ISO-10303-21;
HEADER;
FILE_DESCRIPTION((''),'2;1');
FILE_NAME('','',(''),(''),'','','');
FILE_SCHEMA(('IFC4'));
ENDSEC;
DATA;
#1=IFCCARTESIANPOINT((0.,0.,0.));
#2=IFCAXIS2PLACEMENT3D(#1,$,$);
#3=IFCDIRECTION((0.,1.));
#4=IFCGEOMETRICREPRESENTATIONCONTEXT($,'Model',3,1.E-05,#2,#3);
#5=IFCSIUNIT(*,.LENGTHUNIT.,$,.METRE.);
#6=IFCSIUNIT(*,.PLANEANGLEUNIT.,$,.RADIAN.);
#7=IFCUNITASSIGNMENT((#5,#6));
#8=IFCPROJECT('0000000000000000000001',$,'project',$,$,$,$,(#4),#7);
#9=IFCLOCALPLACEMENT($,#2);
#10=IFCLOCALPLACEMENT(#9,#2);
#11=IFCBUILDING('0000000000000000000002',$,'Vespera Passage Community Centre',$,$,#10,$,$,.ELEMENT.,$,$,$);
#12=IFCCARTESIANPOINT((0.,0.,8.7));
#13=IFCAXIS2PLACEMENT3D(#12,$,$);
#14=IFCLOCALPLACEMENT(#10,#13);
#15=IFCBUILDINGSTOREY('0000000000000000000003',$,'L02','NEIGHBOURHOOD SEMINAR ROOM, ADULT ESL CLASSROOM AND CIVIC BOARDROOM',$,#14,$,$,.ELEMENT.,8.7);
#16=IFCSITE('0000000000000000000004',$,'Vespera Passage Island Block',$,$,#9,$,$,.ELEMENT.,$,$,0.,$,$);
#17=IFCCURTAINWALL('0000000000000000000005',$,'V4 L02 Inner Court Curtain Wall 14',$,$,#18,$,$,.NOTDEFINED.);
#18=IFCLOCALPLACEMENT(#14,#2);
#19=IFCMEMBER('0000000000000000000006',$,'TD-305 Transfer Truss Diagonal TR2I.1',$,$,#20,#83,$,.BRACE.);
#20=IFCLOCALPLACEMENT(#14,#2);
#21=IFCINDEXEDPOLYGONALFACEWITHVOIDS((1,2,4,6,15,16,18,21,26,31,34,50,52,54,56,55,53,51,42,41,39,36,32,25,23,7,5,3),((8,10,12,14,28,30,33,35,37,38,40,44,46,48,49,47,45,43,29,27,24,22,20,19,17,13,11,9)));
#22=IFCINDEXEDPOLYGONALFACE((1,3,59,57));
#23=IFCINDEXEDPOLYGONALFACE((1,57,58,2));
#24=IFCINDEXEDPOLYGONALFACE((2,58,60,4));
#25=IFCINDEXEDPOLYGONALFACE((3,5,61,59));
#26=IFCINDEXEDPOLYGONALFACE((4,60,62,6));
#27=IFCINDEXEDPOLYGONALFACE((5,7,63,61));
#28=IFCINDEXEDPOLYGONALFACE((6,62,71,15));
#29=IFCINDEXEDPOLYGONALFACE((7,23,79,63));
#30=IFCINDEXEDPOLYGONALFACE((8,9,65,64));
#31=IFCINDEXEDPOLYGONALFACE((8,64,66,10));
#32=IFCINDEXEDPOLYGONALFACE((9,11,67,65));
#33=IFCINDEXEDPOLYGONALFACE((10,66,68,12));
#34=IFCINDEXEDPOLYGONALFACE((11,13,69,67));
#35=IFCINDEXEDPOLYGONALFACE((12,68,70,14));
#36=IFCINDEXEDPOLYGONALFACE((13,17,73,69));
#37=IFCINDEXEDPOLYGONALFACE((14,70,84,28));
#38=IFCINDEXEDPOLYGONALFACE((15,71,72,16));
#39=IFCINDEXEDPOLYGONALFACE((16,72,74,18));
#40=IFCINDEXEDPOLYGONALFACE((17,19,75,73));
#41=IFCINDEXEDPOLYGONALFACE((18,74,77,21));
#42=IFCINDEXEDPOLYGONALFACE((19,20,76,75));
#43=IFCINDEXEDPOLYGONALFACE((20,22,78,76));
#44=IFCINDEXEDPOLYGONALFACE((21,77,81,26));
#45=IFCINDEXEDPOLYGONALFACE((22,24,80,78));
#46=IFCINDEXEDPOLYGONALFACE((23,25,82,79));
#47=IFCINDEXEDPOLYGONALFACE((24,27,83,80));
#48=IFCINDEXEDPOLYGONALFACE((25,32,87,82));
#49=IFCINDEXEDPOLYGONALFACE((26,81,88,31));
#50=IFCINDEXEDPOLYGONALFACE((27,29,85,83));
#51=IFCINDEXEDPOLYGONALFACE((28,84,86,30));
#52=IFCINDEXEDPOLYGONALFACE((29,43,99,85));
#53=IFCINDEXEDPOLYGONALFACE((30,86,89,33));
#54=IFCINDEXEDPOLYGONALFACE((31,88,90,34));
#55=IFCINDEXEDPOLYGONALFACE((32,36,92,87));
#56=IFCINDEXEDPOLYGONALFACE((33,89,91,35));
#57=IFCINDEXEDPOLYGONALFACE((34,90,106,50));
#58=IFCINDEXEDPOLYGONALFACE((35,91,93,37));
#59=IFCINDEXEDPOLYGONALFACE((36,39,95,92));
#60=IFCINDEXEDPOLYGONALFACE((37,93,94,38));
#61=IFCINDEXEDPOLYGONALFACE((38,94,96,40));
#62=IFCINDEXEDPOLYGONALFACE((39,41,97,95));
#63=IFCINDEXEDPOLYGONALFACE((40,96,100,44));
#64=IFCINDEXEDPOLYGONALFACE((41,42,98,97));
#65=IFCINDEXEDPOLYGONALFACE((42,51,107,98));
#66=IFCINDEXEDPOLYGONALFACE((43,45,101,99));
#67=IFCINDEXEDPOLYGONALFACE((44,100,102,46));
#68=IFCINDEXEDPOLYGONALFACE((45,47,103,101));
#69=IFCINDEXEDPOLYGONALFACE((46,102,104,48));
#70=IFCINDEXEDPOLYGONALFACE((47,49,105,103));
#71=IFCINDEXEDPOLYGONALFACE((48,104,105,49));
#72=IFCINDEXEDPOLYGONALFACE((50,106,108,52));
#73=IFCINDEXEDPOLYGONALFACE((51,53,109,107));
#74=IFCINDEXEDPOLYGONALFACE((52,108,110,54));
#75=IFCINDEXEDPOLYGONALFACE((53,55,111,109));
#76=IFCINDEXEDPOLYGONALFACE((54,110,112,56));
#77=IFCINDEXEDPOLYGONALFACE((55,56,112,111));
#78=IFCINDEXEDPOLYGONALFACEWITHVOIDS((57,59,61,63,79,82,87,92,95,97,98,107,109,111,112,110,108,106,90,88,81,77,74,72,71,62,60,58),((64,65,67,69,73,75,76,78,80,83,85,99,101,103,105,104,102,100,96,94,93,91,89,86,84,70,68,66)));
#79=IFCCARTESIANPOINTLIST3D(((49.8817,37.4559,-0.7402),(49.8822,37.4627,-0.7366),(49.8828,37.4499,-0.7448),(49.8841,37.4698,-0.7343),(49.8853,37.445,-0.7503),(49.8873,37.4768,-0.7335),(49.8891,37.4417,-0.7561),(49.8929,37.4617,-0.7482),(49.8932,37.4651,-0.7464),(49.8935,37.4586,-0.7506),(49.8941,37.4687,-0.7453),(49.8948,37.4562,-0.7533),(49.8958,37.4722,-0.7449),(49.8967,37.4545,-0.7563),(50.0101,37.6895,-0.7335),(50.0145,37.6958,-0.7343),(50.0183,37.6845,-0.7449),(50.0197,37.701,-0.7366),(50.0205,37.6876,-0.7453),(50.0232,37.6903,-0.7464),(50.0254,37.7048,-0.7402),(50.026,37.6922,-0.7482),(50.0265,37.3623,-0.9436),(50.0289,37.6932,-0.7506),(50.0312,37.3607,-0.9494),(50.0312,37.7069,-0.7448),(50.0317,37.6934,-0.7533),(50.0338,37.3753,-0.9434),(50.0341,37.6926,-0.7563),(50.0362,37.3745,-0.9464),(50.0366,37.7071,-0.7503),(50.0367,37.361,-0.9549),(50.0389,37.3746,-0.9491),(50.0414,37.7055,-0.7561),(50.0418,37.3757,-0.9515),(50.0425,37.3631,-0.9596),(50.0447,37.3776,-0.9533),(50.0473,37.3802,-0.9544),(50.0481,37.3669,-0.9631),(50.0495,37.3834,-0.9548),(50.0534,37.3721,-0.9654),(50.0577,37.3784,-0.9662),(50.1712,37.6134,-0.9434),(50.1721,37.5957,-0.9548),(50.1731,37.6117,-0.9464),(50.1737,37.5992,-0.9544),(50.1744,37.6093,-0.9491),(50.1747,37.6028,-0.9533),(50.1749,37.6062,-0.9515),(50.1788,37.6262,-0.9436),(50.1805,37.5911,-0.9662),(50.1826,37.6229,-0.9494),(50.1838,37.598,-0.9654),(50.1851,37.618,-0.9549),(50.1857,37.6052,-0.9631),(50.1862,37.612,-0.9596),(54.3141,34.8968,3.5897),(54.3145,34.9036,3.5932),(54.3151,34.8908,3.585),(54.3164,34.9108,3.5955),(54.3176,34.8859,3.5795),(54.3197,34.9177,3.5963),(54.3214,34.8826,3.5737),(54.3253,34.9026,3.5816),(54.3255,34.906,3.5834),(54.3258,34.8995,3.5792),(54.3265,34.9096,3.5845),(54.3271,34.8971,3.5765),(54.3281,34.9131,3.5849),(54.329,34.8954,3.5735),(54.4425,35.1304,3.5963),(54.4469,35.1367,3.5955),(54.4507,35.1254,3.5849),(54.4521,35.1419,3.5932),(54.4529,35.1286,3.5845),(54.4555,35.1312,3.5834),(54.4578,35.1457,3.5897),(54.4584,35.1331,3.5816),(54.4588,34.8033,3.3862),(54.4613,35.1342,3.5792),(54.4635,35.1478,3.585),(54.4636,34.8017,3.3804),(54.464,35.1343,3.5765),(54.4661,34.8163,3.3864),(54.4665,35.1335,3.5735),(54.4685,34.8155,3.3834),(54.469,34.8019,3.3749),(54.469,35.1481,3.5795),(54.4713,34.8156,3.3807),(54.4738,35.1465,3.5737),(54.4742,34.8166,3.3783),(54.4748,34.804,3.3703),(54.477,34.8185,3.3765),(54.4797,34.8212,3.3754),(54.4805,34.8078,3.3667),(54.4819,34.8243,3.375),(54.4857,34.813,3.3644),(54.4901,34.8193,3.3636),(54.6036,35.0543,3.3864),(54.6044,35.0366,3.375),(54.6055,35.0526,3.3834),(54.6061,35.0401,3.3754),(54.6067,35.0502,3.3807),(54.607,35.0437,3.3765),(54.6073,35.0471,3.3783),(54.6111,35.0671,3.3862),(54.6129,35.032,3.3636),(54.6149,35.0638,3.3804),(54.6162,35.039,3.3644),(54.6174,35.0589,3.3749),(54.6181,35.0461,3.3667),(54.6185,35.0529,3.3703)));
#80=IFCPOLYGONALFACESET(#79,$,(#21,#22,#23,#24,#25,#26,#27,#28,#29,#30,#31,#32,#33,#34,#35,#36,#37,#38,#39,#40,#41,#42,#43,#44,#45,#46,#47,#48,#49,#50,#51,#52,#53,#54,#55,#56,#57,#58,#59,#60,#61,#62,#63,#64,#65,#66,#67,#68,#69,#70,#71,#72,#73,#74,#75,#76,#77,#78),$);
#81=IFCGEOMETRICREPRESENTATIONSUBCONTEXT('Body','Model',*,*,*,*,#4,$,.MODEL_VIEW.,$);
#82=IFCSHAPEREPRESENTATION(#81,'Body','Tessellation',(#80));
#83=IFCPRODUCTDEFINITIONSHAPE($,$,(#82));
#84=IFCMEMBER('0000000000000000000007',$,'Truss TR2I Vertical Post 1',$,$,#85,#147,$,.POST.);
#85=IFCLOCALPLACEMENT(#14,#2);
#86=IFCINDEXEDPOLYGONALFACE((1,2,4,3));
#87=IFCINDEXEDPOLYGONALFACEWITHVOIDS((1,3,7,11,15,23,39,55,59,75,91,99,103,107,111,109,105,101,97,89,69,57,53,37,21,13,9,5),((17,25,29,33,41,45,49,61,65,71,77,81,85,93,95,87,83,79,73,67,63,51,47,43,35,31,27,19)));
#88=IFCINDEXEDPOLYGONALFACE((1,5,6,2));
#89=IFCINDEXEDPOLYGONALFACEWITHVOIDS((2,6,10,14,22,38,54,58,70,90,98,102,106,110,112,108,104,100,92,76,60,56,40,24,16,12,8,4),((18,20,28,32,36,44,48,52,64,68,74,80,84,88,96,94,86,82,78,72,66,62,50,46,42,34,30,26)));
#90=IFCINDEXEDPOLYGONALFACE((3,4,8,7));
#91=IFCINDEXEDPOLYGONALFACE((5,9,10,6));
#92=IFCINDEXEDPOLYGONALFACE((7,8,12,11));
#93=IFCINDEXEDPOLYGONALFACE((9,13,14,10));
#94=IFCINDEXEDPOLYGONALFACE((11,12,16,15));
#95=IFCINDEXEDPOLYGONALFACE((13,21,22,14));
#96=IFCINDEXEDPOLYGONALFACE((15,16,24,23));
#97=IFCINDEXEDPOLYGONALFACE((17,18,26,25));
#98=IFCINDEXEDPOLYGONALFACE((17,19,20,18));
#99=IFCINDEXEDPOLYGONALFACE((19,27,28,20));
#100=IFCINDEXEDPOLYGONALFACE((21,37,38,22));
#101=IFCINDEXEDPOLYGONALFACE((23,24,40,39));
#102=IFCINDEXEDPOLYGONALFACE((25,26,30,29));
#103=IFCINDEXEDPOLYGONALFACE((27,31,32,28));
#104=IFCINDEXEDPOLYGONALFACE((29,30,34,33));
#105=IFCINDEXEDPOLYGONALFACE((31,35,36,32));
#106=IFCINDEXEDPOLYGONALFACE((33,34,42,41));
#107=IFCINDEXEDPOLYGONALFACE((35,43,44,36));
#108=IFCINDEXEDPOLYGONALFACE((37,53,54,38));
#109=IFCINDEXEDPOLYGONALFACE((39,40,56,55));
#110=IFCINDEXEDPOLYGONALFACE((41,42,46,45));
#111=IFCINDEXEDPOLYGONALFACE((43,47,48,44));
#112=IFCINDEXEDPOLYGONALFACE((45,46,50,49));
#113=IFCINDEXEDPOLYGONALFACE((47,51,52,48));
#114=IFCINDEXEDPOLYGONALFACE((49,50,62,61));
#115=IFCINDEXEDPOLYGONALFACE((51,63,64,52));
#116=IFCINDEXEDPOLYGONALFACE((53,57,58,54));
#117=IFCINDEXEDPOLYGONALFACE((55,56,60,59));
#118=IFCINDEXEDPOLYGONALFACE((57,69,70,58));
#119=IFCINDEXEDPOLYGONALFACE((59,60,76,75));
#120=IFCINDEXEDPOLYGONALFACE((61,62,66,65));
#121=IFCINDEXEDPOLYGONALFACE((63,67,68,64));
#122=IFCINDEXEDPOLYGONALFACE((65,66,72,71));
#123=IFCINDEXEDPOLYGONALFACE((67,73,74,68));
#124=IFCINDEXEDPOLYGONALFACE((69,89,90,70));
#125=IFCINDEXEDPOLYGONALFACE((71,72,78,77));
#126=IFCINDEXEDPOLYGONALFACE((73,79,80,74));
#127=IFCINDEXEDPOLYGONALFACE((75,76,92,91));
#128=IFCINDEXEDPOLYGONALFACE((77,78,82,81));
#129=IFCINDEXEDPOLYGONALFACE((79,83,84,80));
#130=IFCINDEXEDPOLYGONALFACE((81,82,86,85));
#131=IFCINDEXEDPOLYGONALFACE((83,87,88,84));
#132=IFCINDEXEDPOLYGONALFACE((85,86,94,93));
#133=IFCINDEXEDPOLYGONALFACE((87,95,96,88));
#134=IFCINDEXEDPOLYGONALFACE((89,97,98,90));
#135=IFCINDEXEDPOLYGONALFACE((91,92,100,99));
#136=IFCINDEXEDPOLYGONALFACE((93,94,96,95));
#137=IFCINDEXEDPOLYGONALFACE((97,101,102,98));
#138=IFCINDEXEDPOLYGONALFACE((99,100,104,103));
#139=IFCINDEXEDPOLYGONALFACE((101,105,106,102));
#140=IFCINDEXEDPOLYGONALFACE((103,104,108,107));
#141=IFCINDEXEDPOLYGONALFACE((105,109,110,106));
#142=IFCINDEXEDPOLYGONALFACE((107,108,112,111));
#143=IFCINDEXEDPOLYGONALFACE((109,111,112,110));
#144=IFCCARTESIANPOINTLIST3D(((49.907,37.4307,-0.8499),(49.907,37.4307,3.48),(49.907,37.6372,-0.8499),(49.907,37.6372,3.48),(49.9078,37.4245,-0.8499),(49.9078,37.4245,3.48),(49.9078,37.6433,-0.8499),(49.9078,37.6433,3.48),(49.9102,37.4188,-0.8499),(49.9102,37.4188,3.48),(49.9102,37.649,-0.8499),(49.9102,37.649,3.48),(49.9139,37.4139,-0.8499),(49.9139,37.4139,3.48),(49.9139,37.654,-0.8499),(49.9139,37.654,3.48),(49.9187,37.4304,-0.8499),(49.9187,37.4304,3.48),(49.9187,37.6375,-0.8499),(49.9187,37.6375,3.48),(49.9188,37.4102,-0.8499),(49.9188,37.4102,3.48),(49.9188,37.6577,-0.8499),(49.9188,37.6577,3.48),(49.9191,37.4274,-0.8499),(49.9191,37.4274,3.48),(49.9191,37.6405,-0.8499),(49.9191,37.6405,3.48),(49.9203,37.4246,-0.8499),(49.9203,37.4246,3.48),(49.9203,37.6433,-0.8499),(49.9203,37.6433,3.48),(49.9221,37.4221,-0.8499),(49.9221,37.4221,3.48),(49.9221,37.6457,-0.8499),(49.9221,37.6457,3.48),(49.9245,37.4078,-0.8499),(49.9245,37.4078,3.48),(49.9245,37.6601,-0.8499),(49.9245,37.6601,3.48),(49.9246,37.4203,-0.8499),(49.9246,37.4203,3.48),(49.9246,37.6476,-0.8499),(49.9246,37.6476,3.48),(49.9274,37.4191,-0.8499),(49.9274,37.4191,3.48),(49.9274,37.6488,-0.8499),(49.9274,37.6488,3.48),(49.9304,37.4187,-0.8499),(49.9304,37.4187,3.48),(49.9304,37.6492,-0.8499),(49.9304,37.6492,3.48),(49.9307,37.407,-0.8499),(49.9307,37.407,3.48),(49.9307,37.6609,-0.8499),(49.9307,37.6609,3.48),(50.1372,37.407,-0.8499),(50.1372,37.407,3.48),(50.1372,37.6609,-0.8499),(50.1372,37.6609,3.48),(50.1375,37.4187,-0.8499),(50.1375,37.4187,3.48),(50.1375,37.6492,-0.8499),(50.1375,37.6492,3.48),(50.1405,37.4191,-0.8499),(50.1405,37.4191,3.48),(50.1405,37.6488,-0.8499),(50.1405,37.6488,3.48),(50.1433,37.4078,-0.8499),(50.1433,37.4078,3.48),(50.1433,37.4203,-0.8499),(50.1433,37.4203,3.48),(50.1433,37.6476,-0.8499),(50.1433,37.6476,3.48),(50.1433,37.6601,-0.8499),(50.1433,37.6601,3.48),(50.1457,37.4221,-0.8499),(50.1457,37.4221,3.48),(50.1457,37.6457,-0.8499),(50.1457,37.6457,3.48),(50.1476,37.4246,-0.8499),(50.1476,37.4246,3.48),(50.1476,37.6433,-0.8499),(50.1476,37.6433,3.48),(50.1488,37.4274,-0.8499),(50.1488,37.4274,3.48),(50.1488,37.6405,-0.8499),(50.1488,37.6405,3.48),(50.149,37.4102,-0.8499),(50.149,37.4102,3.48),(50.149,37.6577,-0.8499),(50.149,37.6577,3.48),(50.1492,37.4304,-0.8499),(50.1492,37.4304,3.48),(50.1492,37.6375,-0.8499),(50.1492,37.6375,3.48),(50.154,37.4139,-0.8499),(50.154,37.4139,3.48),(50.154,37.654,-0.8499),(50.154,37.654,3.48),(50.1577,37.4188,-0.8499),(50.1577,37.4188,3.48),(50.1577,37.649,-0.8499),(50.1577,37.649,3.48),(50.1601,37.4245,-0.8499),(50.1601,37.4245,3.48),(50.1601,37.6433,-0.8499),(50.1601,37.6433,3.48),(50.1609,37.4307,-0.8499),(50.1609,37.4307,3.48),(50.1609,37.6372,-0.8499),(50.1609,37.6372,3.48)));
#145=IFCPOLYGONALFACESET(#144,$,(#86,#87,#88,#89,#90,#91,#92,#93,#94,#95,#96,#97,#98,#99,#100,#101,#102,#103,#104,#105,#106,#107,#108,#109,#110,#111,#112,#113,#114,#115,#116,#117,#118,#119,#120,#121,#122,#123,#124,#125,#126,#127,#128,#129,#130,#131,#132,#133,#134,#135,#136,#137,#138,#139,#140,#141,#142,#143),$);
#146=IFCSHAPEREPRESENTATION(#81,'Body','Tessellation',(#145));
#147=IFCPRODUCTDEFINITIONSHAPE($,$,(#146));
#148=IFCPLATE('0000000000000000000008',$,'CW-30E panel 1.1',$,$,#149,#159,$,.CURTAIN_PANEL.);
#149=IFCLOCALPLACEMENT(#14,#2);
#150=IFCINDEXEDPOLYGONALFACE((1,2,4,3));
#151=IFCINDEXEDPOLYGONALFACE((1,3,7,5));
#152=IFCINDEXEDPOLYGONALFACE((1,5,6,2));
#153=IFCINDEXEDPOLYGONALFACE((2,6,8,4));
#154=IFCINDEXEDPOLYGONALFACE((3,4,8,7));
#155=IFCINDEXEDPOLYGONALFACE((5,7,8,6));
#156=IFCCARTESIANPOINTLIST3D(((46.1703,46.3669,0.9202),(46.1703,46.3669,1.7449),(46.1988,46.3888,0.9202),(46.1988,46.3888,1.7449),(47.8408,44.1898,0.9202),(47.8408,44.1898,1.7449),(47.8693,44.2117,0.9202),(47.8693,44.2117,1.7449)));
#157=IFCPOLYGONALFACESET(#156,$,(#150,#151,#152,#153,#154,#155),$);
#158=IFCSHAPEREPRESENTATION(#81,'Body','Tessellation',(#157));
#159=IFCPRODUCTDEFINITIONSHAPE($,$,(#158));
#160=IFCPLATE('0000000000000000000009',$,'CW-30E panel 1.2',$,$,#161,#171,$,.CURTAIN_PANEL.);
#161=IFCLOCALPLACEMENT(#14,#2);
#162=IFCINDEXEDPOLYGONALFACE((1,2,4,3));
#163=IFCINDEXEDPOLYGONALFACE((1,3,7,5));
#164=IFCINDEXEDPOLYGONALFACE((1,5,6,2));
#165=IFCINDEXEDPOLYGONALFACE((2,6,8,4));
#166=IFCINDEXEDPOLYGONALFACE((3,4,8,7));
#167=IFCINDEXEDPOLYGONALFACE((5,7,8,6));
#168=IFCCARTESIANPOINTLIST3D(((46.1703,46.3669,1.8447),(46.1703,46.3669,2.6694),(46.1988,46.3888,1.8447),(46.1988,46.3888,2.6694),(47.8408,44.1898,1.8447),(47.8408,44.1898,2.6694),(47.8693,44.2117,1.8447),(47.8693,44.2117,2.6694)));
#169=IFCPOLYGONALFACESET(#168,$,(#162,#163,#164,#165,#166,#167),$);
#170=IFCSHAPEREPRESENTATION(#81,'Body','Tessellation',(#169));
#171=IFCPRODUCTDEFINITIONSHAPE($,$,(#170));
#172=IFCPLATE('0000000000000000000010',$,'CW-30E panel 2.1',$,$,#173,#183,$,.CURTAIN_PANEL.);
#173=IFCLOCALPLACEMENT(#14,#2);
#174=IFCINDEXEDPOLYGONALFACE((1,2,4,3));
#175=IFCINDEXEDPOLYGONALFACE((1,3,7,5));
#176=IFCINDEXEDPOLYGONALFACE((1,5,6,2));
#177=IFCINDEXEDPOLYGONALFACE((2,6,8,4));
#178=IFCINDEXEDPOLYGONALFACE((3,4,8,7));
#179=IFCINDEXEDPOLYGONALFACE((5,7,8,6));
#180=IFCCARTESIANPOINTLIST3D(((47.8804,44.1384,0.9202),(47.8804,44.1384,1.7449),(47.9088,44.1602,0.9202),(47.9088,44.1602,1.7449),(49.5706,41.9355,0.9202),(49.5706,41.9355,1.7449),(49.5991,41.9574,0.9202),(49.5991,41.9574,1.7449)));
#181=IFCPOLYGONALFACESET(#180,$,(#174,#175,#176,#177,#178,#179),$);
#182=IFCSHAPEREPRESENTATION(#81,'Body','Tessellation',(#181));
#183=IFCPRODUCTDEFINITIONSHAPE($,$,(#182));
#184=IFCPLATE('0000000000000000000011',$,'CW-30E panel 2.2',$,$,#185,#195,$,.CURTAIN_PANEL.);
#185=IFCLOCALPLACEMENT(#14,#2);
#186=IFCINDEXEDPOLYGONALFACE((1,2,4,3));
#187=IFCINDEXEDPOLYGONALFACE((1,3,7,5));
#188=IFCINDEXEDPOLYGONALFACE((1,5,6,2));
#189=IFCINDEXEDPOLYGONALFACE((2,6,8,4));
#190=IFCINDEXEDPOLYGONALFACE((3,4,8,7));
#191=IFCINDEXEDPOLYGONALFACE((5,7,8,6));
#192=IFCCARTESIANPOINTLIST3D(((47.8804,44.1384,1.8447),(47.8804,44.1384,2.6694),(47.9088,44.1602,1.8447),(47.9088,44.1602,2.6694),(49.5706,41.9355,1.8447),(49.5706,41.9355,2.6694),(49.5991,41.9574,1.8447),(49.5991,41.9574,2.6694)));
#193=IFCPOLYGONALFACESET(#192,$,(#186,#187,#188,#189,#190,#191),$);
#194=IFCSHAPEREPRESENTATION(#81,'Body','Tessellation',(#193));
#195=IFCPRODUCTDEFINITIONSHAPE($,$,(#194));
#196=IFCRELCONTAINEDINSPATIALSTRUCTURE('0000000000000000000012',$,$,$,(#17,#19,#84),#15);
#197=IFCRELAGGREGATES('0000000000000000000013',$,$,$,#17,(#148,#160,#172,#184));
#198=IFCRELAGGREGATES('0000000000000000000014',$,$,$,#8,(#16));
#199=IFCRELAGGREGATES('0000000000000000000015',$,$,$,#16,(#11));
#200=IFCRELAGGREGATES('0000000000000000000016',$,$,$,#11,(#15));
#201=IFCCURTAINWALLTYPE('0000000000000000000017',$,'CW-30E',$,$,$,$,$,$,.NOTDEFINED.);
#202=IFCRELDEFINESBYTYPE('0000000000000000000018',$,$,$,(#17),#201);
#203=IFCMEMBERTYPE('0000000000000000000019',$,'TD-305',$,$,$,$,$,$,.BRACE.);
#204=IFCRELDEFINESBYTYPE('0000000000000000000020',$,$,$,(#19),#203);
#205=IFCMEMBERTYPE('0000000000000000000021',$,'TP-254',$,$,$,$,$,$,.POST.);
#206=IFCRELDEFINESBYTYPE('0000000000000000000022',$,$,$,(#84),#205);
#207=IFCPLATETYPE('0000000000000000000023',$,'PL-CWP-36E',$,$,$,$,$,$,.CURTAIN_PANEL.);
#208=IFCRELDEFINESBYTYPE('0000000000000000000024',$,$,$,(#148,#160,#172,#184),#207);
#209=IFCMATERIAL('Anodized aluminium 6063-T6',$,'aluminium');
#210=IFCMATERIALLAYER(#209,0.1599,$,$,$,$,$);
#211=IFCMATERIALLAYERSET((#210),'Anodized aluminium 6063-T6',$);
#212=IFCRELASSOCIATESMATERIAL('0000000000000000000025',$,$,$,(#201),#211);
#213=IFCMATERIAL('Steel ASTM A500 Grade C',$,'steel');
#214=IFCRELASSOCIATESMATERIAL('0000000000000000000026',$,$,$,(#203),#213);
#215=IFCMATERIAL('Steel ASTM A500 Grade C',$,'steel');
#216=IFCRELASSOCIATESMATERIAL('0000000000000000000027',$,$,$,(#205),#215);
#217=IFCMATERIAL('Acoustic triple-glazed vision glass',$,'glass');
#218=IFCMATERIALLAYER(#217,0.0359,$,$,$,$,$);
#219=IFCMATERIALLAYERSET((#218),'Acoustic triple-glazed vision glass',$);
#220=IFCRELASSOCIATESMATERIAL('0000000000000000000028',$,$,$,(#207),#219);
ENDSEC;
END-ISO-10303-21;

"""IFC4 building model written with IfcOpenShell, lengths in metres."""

from ifc_helpers import new_model, si_unit, direction, frame, origin, origin_2d, place, context, subcontext, project, spatial, rectangle, hollow_rectangle, extrude, material, layer, layer_set, material_profile, profile_set, type_object, element, aggregate, save


model = new_model("IFC4")

# Units and contexts
model_context = context("Model", 3, precision=1e-05, world=origin(), true_north=direction((0.0, 1.0)))
body_context = subcontext(model_context, "Body", "Model", "MODEL_VIEW")
ifc_project = project(units=[si_unit("LENGTHUNIT", "METRE"), si_unit("PLANEANGLEUNIT", "RADIAN")], contexts=[model_context])

# Site, building, storey
site_placement = place(None, origin())
site = spatial("IfcSite", under=ifc_project, at=site_placement, Name="Vespera Passage Island Block", CompositionType="ELEMENT", RefElevation=0.0)
building_placement = place(site_placement, origin())
building = spatial("IfcBuilding", under=site, at=building_placement, Name="Vespera Passage Community Centre", CompositionType="ELEMENT")
storey_placement = place(building_placement, frame((0.0, 0.0, 8.7)))
storey = spatial("IfcBuildingStorey", under=building, at=storey_placement, Name="L02", Description="NEIGHBOURHOOD SEMINAR ROOM, ADULT ESL CLASSROOM AND CIVIC BOARDROOM", CompositionType="ELEMENT", Elevation=8.7)

# Curtain wall
ifc_material_1 = material(Name="Anodized aluminium 6063-T6", Category="aluminium")
ifc_layer_1 = layer(ifc_material_1, 0.1599)
ifc_layer_set_1 = layer_set([ifc_layer_1], Name="Anodized aluminium 6063-T6")
curtain_wall_type = type_object("IfcCurtainWallType", Name="CW-30E", PredefinedType="NOTDEFINED", material=ifc_layer_set_1)
curtain_wall_placement = place(storey_placement, origin())
curtain_wall = element("IfcCurtainWall", 1, at=curtain_wall_placement, inside=storey, type_object=curtain_wall_type, Name="V4 L02 Inner Court Curtain Wall 14", PredefinedType="NOTDEFINED")

# Members
ifc_material_2 = material(Name="Steel ASTM A500 Grade C", Category="steel")
ifc_material_profile_1 = material_profile(ifc_material_2, hollow_rectangle(XDim=0.3047, YDim=0.3047, WallThickness=0.0149, InnerFilletRadius=0.0149, OuterFilletRadius=0.0295, at=origin_2d()), Name="HSS305X305X15.9")
ifc_profile_set_1 = profile_set([ifc_material_profile_1], Name="Steel ASTM A500 Grade C")
member_type_1 = type_object("IfcMemberType", Name="TD-305", PredefinedType="BRACE", material=ifc_profile_set_1)
member_1_placement = place(storey_placement, frame((50.0339, 37.5339, -0.8499), z_axis=(0.661163, -0.38173, 0.645868), x_axis=(0.500007, 0.866021, 0.0)))
element("IfcMember", 2, at=member_1_placement, inside=storey, type_object=member_type_1, Name="TD-305 Transfer Truss Diagonal TR2I.1", PredefinedType="BRACE", context=body_context, shape_type="SweptSolid", body=[
    extrude(hollow_rectangle(XDim=0.3047, YDim=0.3047, WallThickness=0.0149, InnerFilletRadius=0.0149, OuterFilletRadius=0.0295, at=origin_2d()), origin(), (0.0, 0.0, 1.0), 6.7039),
])
ifc_material_3 = material(Name="Steel ASTM A500 Grade C", Category="steel")
ifc_material_profile_2 = material_profile(ifc_material_3, hollow_rectangle(XDim=0.2539, YDim=0.2539, WallThickness=0.0117, InnerFilletRadius=0.0117, OuterFilletRadius=0.0237, at=origin_2d()), Name="HSS254X254X12.7")
ifc_profile_set_2 = profile_set([ifc_material_profile_2], Name="Steel ASTM A500 Grade C")
member_type_2 = type_object("IfcMemberType", Name="TP-254", PredefinedType="POST", material=ifc_profile_set_2)
member_2_placement = place(storey_placement, frame((50.0339, 37.5339, -0.8499), z_axis=(0.0, 0.0, 1.0), x_axis=(1.0, 0.0, 0.0)))
element("IfcMember", 3, at=member_2_placement, inside=storey, type_object=member_type_2, Name="Truss TR2I Vertical Post 1", PredefinedType="POST", context=body_context, shape_type="SweptSolid", body=[
    extrude(hollow_rectangle(XDim=0.2539, YDim=0.2539, WallThickness=0.0117, InnerFilletRadius=0.0117, OuterFilletRadius=0.0237, at=origin_2d()), origin(), (0.0, 0.0, 1.0), 4.3298),
])

# Plates
ifc_material_4 = material(Name="Acoustic triple-glazed vision glass", Category="glass")
ifc_layer_2 = layer(ifc_material_4, 0.0359)
ifc_layer_set_2 = layer_set([ifc_layer_2], Name="Acoustic triple-glazed vision glass")
plate_type_1 = type_object("IfcPlateType", Name="PL-CWP-36E", PredefinedType="CURTAIN_PANEL", material=ifc_layer_set_2)
plate_1_placement = place(storey_placement, frame((47.0198, 45.2893, 0.9202), z_axis=(0.0, 0.0, 1.0), x_axis=(0.608755, -0.793358, 0.0)))
plate_1 = element("IfcPlate", 4, at=plate_1_placement, type_object=plate_type_1, Name="CW-30E panel 1.1", PredefinedType="CURTAIN_PANEL", context=body_context, shape_type="SweptSolid", body=[
    extrude(rectangle(XDim=2.7441, YDim=0.0359, at=origin_2d()), origin(), (0.0, 0.0, 1.0), 0.8247),
])
plate_2_placement = place(storey_placement, frame((47.0198, 45.2893, 1.8447), z_axis=(0.0, 0.0, 1.0), x_axis=(0.608755, -0.793358, 0.0)))
plate_2 = element("IfcPlate", 5, at=plate_2_placement, type_object=plate_type_1, Name="CW-30E panel 1.2", PredefinedType="CURTAIN_PANEL", context=body_context, shape_type="SweptSolid", body=[
    extrude(rectangle(XDim=2.7441, YDim=0.0359, at=origin_2d()), origin(), (0.0, 0.0, 1.0), 0.8247),
])
plate_3_placement = place(storey_placement, frame((48.7397, 43.0479, 0.9202), z_axis=(0.0, 0.0, 1.0), x_axis=(0.608755, -0.793358, 0.0)))
plate_3 = element("IfcPlate", 6, at=plate_3_placement, type_object=plate_type_1, Name="CW-30E panel 2.1", PredefinedType="CURTAIN_PANEL", context=body_context, shape_type="SweptSolid", body=[
    extrude(rectangle(XDim=2.7766, YDim=0.0359, at=origin_2d()), origin(), (0.0, 0.0, 1.0), 0.8247),
])
plate_4_placement = place(storey_placement, frame((48.7397, 43.0479, 1.8447), z_axis=(0.0, 0.0, 1.0), x_axis=(0.608755, -0.793358, 0.0)))
plate_4 = element("IfcPlate", 7, at=plate_4_placement, type_object=plate_type_1, Name="CW-30E panel 2.2", PredefinedType="CURTAIN_PANEL", context=body_context, shape_type="SweptSolid", body=[
    extrude(rectangle(XDim=2.7766, YDim=0.0359, at=origin_2d()), origin(), (0.0, 0.0, 1.0), 0.8247),
])
aggregate(curtain_wall, [plate_1, plate_2, plate_3, plate_4])

save(model, "model.ifc")
